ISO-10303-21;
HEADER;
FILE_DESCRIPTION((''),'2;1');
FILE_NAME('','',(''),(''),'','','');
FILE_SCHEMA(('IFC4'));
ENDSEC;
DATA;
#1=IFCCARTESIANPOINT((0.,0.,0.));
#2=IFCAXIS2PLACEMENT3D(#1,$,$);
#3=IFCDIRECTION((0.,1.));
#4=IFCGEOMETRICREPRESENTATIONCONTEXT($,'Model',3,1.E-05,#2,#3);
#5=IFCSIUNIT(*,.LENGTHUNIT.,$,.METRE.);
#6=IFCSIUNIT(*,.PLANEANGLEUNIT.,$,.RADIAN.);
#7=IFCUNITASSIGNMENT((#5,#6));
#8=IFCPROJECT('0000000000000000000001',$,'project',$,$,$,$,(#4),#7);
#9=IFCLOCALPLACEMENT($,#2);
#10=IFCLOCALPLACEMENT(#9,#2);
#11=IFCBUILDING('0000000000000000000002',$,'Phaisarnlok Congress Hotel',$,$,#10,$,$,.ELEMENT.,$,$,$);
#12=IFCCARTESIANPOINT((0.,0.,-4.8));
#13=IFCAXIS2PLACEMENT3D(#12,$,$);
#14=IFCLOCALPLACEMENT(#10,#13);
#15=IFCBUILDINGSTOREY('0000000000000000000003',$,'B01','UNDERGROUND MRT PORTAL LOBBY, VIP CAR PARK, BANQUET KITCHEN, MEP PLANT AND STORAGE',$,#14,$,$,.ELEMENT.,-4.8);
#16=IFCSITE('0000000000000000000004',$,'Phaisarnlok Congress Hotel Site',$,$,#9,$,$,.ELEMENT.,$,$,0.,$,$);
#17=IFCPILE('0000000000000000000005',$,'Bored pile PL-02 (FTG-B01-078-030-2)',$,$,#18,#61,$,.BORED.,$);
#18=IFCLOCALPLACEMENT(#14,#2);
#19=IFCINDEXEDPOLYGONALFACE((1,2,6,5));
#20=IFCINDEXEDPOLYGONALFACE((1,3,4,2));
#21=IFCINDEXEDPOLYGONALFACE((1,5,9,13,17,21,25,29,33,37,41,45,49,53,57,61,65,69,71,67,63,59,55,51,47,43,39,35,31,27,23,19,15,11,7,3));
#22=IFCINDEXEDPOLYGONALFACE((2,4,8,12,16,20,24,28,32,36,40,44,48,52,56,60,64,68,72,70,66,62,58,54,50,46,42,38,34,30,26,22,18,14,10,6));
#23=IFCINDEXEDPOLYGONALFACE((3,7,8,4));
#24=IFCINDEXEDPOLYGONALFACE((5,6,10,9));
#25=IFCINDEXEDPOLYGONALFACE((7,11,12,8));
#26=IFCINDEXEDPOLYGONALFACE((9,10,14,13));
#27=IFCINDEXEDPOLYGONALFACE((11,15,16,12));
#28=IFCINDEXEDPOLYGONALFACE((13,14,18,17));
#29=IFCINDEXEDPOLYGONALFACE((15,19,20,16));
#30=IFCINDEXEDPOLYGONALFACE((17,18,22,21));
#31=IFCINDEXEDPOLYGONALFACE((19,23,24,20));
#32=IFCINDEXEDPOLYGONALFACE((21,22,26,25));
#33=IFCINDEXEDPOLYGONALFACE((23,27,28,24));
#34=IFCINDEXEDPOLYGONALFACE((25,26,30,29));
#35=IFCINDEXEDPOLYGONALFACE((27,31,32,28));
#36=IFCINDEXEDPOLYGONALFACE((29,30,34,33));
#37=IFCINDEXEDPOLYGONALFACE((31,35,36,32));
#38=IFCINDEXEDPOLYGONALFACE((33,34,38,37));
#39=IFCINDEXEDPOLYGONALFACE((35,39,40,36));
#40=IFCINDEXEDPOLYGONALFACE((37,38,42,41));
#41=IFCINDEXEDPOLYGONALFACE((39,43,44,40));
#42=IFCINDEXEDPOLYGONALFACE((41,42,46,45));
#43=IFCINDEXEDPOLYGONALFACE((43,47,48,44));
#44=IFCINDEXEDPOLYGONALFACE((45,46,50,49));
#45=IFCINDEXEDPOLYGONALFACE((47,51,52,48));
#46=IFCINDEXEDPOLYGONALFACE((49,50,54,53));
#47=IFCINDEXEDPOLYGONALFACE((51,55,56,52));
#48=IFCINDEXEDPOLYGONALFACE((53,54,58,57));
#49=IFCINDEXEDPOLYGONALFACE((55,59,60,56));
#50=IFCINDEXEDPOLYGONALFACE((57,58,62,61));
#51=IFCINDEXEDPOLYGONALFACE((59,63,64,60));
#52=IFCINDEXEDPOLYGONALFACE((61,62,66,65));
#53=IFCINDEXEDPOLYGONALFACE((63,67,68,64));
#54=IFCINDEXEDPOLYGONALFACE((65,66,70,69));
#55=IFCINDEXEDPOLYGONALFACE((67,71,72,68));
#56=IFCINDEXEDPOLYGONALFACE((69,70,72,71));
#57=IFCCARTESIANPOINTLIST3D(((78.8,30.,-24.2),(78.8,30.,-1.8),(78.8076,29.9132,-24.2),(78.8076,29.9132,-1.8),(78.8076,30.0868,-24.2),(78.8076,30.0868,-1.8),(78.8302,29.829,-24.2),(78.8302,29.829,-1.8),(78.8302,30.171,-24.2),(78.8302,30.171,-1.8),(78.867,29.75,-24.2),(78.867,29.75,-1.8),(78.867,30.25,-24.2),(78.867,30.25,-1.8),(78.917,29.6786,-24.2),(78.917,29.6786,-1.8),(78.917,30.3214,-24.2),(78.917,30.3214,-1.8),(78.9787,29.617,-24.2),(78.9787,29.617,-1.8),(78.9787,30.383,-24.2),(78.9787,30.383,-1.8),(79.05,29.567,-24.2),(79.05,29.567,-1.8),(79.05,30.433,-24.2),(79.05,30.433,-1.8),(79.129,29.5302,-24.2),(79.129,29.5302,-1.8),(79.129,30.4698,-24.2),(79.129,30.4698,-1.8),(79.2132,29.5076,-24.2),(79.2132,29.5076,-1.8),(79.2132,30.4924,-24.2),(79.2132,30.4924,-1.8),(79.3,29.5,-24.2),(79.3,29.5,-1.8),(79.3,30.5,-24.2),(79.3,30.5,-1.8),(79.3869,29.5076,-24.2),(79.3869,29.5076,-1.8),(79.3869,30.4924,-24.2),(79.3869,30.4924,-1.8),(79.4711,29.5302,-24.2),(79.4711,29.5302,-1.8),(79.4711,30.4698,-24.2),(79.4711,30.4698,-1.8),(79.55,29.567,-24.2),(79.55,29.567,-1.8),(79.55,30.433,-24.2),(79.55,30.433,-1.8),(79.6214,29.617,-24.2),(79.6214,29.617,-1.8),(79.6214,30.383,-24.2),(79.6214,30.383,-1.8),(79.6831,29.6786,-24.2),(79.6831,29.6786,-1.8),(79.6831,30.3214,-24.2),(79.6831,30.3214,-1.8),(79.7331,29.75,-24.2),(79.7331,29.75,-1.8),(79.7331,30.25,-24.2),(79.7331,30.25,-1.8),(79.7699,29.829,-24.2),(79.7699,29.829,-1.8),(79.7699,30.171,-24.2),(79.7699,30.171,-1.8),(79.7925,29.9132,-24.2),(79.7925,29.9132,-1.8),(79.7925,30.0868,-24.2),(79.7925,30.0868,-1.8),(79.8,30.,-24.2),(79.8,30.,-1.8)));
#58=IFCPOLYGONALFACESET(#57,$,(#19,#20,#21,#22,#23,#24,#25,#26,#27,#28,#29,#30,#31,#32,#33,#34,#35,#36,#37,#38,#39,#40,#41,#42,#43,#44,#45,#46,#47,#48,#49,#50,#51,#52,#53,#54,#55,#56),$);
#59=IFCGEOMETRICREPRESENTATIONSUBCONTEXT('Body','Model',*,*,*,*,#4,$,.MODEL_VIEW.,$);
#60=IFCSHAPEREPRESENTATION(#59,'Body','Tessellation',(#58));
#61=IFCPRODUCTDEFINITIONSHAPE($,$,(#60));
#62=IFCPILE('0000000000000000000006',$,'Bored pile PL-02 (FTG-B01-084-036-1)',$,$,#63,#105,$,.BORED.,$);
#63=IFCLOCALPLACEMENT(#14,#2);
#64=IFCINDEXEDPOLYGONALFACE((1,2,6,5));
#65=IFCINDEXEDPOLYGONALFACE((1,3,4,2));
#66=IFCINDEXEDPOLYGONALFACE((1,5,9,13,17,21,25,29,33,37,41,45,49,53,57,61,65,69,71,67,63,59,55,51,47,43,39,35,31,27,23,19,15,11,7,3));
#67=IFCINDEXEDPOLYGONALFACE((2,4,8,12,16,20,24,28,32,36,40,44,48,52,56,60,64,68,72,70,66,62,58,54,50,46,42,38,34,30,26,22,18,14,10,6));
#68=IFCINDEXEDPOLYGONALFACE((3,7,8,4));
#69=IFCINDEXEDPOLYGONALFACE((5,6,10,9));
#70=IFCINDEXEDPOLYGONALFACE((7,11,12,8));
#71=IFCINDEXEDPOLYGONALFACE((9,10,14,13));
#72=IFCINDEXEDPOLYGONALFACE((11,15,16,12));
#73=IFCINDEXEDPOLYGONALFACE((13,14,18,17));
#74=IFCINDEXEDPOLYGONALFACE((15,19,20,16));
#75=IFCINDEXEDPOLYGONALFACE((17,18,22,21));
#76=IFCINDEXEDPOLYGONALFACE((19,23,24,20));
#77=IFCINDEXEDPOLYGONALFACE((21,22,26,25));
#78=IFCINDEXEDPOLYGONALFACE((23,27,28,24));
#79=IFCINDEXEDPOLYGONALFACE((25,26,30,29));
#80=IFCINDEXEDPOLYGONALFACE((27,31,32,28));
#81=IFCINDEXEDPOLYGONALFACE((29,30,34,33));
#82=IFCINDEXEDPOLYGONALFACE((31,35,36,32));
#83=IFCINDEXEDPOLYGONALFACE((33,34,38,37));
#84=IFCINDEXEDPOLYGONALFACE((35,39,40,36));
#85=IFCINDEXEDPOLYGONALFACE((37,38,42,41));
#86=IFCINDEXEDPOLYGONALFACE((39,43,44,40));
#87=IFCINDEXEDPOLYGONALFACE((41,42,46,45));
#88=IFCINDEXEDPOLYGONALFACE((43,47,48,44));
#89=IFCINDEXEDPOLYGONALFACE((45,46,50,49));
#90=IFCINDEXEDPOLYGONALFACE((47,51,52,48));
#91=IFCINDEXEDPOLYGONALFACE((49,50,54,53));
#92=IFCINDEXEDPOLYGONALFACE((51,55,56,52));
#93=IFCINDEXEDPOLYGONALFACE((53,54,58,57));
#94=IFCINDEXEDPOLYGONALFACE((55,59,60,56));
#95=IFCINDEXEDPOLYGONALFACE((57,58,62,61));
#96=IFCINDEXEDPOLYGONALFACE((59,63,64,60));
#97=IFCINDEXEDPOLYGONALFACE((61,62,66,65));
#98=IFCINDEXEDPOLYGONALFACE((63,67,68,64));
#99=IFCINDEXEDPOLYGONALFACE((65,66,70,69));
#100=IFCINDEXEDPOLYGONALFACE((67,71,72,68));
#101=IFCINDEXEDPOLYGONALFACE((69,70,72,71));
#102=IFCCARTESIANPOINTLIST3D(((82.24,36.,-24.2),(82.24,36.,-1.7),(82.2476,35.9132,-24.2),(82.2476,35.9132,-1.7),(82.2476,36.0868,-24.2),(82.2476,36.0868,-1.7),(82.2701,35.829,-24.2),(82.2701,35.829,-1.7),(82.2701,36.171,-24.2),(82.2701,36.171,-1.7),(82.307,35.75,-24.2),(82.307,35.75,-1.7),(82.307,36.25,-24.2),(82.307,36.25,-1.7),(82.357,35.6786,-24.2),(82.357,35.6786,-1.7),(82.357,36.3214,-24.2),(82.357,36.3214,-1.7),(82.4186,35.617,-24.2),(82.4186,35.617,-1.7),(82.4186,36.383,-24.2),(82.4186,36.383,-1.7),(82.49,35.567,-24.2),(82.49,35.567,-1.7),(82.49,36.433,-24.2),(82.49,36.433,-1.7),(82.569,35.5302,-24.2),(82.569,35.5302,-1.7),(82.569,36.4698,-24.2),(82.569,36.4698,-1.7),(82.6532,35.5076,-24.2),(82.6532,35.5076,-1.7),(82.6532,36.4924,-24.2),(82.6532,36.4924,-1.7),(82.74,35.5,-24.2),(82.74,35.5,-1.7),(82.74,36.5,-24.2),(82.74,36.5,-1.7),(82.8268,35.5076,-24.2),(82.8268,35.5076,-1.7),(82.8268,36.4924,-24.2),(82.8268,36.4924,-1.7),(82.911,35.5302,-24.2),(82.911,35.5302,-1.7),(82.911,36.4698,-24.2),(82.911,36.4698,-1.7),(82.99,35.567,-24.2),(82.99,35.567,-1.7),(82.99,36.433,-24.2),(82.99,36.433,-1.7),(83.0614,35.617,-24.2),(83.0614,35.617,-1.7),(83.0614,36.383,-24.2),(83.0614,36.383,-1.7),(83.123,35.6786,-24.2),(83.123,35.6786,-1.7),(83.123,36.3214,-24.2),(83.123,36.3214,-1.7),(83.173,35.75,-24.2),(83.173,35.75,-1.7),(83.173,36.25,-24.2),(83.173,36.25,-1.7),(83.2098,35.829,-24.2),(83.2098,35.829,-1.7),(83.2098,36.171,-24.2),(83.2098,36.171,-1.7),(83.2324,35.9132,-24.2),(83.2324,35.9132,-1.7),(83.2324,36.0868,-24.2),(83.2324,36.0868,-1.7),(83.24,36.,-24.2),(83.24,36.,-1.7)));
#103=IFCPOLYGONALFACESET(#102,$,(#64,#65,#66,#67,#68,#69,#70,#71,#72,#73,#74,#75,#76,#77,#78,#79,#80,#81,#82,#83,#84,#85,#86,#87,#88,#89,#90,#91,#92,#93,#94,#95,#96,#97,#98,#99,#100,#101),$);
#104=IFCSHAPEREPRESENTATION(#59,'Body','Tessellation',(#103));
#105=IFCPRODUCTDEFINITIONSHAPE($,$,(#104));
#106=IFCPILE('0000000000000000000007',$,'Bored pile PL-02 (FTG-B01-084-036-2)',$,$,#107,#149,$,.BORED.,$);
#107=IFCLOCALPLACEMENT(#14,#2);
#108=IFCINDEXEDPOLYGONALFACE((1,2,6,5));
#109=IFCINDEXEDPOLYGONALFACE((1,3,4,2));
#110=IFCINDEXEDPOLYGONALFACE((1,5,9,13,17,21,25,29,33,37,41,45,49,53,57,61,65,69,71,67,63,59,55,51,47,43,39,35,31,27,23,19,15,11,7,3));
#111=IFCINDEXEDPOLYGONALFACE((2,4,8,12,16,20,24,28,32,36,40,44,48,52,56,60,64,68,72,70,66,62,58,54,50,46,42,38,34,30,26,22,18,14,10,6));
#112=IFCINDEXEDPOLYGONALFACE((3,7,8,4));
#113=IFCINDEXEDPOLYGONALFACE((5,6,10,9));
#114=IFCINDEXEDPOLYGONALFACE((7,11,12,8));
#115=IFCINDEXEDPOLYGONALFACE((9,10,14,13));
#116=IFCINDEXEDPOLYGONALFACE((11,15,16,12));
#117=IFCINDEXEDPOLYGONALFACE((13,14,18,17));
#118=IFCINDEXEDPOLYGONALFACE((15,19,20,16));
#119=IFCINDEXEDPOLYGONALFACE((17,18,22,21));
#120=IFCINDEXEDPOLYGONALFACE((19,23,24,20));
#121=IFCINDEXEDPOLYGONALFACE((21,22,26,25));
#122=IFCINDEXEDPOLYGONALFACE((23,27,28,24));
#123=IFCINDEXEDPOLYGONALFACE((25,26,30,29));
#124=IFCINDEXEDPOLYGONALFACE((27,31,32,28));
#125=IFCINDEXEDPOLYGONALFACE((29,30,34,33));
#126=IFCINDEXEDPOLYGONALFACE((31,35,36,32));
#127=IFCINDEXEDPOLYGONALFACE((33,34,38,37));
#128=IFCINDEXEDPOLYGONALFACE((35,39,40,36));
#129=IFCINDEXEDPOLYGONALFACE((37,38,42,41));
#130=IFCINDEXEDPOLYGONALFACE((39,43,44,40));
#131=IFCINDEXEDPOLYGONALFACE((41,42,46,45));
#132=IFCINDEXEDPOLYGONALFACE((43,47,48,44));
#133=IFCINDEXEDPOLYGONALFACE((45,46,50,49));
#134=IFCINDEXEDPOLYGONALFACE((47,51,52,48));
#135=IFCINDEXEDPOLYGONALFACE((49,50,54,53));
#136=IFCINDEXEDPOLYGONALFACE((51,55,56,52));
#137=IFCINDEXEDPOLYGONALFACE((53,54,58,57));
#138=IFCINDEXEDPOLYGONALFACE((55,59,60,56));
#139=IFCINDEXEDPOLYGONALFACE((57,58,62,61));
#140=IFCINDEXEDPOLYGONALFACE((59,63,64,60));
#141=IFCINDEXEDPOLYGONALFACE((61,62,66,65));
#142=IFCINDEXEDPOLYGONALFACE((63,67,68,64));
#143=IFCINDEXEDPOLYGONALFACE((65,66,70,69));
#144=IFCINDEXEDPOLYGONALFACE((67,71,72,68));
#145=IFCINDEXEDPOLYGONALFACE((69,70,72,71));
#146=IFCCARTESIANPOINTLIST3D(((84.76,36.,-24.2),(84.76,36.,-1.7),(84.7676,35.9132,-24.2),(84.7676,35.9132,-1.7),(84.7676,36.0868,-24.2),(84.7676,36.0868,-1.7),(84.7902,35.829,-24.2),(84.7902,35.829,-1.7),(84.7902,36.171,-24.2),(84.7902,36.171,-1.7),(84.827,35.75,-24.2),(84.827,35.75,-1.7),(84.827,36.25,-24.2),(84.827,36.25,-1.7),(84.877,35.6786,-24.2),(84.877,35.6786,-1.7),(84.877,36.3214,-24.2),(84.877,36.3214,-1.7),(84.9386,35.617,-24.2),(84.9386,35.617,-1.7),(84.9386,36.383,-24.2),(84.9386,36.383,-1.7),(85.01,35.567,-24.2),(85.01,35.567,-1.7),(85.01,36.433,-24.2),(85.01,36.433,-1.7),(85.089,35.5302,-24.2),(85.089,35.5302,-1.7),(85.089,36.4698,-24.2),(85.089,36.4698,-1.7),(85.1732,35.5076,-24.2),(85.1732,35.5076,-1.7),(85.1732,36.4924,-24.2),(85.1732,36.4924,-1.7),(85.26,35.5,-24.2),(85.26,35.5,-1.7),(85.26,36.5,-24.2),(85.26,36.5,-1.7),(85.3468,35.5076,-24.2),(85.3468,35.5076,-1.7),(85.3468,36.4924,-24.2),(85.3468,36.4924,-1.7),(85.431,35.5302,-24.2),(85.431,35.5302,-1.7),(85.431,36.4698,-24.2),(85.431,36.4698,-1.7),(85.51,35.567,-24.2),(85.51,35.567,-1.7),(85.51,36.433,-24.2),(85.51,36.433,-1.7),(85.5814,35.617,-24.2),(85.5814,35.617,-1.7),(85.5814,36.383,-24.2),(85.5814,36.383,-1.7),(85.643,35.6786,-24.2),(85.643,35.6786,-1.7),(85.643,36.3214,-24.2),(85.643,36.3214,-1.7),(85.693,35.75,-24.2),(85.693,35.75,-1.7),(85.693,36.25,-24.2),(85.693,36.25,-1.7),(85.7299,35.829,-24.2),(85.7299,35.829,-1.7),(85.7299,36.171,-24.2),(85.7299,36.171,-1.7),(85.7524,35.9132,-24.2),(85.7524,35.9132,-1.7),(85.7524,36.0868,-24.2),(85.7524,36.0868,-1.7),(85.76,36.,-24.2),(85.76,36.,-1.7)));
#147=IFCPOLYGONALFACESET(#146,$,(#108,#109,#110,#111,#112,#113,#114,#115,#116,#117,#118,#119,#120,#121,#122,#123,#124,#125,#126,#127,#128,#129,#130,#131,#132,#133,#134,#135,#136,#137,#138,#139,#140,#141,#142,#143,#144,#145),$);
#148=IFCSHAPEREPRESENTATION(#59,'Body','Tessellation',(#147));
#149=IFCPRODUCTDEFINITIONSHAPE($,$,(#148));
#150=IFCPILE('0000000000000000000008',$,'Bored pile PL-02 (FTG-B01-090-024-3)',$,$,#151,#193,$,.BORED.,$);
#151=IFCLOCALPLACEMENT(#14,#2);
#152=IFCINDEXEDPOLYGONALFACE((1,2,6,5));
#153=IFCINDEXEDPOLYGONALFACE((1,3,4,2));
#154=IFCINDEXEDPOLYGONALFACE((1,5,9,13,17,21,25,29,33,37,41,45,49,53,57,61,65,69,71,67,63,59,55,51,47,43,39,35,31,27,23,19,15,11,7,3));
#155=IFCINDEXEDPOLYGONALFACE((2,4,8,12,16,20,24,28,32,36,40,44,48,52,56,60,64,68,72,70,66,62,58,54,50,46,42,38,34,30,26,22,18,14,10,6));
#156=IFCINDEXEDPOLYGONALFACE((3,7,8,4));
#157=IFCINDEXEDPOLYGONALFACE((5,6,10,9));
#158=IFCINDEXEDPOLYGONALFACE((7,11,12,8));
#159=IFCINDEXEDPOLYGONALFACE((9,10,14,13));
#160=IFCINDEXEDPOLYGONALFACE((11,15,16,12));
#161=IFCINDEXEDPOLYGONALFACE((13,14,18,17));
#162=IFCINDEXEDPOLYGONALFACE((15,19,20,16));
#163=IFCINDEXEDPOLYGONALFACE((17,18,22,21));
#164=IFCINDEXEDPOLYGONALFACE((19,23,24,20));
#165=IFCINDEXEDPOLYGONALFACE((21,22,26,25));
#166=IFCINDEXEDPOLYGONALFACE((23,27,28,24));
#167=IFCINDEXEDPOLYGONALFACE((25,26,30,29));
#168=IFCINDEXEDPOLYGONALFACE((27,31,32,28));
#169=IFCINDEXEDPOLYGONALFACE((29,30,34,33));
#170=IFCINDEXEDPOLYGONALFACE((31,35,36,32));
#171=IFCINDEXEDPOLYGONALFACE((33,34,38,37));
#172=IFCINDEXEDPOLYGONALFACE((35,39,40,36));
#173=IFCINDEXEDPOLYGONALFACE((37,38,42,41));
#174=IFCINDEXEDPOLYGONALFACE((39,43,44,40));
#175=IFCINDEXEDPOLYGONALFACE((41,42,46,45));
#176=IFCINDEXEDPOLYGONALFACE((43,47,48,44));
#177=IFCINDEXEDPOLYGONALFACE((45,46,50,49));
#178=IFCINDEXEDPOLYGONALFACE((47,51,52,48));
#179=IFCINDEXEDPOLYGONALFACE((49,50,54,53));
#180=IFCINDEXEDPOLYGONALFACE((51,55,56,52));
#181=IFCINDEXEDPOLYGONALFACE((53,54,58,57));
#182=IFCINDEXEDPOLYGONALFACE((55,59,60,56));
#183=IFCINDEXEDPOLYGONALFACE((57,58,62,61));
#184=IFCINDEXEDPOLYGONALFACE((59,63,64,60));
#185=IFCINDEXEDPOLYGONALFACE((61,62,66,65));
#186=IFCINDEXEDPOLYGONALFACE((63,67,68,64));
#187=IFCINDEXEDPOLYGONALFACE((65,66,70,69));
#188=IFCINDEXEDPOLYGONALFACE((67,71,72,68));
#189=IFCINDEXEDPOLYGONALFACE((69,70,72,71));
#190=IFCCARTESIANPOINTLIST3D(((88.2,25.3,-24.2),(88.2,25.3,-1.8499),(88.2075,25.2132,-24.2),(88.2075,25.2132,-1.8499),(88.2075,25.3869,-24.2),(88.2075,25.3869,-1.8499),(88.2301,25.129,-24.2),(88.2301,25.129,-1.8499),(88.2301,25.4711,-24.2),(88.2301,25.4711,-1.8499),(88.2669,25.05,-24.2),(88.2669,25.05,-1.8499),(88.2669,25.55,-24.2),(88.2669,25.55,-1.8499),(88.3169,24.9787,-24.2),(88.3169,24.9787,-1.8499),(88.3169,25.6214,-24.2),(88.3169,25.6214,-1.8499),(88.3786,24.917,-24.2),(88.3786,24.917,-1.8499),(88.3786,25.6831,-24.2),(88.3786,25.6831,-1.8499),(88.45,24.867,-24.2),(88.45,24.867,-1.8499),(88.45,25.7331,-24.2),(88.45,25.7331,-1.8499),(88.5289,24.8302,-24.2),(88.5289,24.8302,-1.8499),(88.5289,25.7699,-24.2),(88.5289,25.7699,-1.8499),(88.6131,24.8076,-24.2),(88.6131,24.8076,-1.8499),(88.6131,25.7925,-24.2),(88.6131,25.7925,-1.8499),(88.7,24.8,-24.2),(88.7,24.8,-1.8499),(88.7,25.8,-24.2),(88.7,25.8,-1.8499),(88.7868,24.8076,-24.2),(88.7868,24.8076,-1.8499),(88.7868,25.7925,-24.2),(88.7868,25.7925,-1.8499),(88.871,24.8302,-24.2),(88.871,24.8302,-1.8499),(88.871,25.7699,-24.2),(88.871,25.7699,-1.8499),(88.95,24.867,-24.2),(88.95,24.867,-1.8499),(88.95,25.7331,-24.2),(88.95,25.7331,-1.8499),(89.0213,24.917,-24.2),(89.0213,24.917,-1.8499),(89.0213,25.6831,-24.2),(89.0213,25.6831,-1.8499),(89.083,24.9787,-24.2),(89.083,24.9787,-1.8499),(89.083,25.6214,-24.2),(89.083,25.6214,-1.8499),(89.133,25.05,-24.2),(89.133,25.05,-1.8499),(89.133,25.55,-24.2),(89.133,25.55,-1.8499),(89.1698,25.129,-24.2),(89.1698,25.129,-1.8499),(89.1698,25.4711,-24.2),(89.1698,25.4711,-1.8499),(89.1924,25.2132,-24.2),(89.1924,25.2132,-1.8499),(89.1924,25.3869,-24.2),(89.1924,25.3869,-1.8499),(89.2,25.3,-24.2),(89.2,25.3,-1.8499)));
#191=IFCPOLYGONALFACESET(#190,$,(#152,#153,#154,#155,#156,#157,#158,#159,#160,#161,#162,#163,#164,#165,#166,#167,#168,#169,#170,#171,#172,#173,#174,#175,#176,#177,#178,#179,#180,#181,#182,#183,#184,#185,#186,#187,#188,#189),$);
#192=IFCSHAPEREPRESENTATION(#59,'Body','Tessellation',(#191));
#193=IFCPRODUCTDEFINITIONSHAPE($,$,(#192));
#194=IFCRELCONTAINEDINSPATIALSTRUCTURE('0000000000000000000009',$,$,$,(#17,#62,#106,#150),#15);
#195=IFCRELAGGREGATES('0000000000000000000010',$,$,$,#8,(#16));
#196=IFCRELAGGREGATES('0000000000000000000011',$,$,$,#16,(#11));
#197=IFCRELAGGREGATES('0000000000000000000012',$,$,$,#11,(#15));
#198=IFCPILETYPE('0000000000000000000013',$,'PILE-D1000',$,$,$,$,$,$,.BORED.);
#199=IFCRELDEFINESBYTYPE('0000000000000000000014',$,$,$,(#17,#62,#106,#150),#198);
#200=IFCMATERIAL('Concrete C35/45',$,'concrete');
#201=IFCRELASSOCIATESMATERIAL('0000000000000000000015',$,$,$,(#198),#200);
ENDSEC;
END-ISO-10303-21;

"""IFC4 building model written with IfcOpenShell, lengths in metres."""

from ifc_helpers import new_model, si_unit, direction, frame, origin, origin_2d, place, context, subcontext, project, spatial, circle, extrude, material, material_profile, profile_set, type_object, element, save


model = new_model("IFC4")

# Units and contexts
model_context = context("Model", 3, precision=1e-05, world=origin(), true_north=direction((0.0, 1.0)))
body_context = subcontext(model_context, "Body", "Model", "MODEL_VIEW")
ifc_project = project(units=[si_unit("LENGTHUNIT", "METRE"), si_unit("PLANEANGLEUNIT", "RADIAN")], contexts=[model_context])

# Site, building, storey
site_placement = place(None, origin())
site = spatial("IfcSite", under=ifc_project, at=site_placement, Name="Phaisarnlok Congress Hotel Site", CompositionType="ELEMENT", RefElevation=0.0)
building_placement = place(site_placement, origin())
building = spatial("IfcBuilding", under=site, at=building_placement, Name="Phaisarnlok Congress Hotel", CompositionType="ELEMENT")
storey_placement = place(building_placement, frame((0.0, 0.0, -4.8)))
storey = spatial("IfcBuildingStorey", under=building, at=storey_placement, Name="B01", Description="UNDERGROUND MRT PORTAL LOBBY, VIP CAR PARK, BANQUET KITCHEN, MEP PLANT AND STORAGE", CompositionType="ELEMENT", Elevation=-4.8)

# Piles
ifc_material_1 = material(Name="Concrete C35/45", Category="concrete")
ifc_material_profile_1 = material_profile(ifc_material_1, circle(Radius=0.5, at=origin_2d()), Name="BORED PILE D1000")
ifc_profile_set_1 = profile_set([ifc_material_profile_1], Name="Concrete C35/45")
pile_type_1 = type_object("IfcPileType", Name="PILE-D1000", PredefinedType="BORED", material=ifc_profile_set_1)
pile_1_placement = place(storey_placement, frame((79.3, 30.0, -1.8), z_axis=(0.0, 0.0, -1.0), x_axis=(1.0, 0.0, 0.0)))
element("IfcPile", 1, at=pile_1_placement, inside=storey, type_object=pile_type_1, Name="Bored pile PL-02 (FTG-B01-078-030-2)", PredefinedType="BORED", context=body_context, shape_type="SweptSolid", body=[
    extrude(circle(Radius=0.5, at=origin_2d()), origin(), (0.0, 0.0, 1.0), 22.3999),
])
for number, where, z_axis, x_axis, name in (
    (2, (82.74, 36.0, -1.7), (0.0, 0.0, -1.0), (1.0, 0.0, 0.0), "Bored pile PL-02 (FTG-B01-084-036-1)"),
    (3, (85.26, 36.0, -1.7), (0.0, 0.0, -1.0), (1.0, 0.0, 0.0), "Bored pile PL-02 (FTG-B01-084-036-2)"),
):
    element("IfcPile", number, at=place(storey_placement, frame(where, z_axis=z_axis, x_axis=x_axis)), inside=storey, type_object=pile_type_1, Name=name, PredefinedType="BORED", context=body_context, shape_type="SweptSolid", body=[
        extrude(circle(Radius=0.5, at=origin_2d()), origin(), (0.0, 0.0, 1.0), 22.5),
    ])
for number, where, z_axis, x_axis, name in (
    (4, (88.7, 25.3, -1.8499), (0.0, 0.0, -1.0), (1.0, 0.0, 0.0), "Bored pile PL-02 (FTG-B01-090-024-3)"),
):
    element("IfcPile", number, at=place(storey_placement, frame(where, z_axis=z_axis, x_axis=x_axis)), inside=storey, type_object=pile_type_1, Name=name, PredefinedType="BORED", context=body_context, shape_type="SweptSolid", body=[
        extrude(circle(Radius=0.5, at=origin_2d()), origin(), (0.0, 0.0, 1.0), 22.3501),
    ])

save(model, "model.ifc")
